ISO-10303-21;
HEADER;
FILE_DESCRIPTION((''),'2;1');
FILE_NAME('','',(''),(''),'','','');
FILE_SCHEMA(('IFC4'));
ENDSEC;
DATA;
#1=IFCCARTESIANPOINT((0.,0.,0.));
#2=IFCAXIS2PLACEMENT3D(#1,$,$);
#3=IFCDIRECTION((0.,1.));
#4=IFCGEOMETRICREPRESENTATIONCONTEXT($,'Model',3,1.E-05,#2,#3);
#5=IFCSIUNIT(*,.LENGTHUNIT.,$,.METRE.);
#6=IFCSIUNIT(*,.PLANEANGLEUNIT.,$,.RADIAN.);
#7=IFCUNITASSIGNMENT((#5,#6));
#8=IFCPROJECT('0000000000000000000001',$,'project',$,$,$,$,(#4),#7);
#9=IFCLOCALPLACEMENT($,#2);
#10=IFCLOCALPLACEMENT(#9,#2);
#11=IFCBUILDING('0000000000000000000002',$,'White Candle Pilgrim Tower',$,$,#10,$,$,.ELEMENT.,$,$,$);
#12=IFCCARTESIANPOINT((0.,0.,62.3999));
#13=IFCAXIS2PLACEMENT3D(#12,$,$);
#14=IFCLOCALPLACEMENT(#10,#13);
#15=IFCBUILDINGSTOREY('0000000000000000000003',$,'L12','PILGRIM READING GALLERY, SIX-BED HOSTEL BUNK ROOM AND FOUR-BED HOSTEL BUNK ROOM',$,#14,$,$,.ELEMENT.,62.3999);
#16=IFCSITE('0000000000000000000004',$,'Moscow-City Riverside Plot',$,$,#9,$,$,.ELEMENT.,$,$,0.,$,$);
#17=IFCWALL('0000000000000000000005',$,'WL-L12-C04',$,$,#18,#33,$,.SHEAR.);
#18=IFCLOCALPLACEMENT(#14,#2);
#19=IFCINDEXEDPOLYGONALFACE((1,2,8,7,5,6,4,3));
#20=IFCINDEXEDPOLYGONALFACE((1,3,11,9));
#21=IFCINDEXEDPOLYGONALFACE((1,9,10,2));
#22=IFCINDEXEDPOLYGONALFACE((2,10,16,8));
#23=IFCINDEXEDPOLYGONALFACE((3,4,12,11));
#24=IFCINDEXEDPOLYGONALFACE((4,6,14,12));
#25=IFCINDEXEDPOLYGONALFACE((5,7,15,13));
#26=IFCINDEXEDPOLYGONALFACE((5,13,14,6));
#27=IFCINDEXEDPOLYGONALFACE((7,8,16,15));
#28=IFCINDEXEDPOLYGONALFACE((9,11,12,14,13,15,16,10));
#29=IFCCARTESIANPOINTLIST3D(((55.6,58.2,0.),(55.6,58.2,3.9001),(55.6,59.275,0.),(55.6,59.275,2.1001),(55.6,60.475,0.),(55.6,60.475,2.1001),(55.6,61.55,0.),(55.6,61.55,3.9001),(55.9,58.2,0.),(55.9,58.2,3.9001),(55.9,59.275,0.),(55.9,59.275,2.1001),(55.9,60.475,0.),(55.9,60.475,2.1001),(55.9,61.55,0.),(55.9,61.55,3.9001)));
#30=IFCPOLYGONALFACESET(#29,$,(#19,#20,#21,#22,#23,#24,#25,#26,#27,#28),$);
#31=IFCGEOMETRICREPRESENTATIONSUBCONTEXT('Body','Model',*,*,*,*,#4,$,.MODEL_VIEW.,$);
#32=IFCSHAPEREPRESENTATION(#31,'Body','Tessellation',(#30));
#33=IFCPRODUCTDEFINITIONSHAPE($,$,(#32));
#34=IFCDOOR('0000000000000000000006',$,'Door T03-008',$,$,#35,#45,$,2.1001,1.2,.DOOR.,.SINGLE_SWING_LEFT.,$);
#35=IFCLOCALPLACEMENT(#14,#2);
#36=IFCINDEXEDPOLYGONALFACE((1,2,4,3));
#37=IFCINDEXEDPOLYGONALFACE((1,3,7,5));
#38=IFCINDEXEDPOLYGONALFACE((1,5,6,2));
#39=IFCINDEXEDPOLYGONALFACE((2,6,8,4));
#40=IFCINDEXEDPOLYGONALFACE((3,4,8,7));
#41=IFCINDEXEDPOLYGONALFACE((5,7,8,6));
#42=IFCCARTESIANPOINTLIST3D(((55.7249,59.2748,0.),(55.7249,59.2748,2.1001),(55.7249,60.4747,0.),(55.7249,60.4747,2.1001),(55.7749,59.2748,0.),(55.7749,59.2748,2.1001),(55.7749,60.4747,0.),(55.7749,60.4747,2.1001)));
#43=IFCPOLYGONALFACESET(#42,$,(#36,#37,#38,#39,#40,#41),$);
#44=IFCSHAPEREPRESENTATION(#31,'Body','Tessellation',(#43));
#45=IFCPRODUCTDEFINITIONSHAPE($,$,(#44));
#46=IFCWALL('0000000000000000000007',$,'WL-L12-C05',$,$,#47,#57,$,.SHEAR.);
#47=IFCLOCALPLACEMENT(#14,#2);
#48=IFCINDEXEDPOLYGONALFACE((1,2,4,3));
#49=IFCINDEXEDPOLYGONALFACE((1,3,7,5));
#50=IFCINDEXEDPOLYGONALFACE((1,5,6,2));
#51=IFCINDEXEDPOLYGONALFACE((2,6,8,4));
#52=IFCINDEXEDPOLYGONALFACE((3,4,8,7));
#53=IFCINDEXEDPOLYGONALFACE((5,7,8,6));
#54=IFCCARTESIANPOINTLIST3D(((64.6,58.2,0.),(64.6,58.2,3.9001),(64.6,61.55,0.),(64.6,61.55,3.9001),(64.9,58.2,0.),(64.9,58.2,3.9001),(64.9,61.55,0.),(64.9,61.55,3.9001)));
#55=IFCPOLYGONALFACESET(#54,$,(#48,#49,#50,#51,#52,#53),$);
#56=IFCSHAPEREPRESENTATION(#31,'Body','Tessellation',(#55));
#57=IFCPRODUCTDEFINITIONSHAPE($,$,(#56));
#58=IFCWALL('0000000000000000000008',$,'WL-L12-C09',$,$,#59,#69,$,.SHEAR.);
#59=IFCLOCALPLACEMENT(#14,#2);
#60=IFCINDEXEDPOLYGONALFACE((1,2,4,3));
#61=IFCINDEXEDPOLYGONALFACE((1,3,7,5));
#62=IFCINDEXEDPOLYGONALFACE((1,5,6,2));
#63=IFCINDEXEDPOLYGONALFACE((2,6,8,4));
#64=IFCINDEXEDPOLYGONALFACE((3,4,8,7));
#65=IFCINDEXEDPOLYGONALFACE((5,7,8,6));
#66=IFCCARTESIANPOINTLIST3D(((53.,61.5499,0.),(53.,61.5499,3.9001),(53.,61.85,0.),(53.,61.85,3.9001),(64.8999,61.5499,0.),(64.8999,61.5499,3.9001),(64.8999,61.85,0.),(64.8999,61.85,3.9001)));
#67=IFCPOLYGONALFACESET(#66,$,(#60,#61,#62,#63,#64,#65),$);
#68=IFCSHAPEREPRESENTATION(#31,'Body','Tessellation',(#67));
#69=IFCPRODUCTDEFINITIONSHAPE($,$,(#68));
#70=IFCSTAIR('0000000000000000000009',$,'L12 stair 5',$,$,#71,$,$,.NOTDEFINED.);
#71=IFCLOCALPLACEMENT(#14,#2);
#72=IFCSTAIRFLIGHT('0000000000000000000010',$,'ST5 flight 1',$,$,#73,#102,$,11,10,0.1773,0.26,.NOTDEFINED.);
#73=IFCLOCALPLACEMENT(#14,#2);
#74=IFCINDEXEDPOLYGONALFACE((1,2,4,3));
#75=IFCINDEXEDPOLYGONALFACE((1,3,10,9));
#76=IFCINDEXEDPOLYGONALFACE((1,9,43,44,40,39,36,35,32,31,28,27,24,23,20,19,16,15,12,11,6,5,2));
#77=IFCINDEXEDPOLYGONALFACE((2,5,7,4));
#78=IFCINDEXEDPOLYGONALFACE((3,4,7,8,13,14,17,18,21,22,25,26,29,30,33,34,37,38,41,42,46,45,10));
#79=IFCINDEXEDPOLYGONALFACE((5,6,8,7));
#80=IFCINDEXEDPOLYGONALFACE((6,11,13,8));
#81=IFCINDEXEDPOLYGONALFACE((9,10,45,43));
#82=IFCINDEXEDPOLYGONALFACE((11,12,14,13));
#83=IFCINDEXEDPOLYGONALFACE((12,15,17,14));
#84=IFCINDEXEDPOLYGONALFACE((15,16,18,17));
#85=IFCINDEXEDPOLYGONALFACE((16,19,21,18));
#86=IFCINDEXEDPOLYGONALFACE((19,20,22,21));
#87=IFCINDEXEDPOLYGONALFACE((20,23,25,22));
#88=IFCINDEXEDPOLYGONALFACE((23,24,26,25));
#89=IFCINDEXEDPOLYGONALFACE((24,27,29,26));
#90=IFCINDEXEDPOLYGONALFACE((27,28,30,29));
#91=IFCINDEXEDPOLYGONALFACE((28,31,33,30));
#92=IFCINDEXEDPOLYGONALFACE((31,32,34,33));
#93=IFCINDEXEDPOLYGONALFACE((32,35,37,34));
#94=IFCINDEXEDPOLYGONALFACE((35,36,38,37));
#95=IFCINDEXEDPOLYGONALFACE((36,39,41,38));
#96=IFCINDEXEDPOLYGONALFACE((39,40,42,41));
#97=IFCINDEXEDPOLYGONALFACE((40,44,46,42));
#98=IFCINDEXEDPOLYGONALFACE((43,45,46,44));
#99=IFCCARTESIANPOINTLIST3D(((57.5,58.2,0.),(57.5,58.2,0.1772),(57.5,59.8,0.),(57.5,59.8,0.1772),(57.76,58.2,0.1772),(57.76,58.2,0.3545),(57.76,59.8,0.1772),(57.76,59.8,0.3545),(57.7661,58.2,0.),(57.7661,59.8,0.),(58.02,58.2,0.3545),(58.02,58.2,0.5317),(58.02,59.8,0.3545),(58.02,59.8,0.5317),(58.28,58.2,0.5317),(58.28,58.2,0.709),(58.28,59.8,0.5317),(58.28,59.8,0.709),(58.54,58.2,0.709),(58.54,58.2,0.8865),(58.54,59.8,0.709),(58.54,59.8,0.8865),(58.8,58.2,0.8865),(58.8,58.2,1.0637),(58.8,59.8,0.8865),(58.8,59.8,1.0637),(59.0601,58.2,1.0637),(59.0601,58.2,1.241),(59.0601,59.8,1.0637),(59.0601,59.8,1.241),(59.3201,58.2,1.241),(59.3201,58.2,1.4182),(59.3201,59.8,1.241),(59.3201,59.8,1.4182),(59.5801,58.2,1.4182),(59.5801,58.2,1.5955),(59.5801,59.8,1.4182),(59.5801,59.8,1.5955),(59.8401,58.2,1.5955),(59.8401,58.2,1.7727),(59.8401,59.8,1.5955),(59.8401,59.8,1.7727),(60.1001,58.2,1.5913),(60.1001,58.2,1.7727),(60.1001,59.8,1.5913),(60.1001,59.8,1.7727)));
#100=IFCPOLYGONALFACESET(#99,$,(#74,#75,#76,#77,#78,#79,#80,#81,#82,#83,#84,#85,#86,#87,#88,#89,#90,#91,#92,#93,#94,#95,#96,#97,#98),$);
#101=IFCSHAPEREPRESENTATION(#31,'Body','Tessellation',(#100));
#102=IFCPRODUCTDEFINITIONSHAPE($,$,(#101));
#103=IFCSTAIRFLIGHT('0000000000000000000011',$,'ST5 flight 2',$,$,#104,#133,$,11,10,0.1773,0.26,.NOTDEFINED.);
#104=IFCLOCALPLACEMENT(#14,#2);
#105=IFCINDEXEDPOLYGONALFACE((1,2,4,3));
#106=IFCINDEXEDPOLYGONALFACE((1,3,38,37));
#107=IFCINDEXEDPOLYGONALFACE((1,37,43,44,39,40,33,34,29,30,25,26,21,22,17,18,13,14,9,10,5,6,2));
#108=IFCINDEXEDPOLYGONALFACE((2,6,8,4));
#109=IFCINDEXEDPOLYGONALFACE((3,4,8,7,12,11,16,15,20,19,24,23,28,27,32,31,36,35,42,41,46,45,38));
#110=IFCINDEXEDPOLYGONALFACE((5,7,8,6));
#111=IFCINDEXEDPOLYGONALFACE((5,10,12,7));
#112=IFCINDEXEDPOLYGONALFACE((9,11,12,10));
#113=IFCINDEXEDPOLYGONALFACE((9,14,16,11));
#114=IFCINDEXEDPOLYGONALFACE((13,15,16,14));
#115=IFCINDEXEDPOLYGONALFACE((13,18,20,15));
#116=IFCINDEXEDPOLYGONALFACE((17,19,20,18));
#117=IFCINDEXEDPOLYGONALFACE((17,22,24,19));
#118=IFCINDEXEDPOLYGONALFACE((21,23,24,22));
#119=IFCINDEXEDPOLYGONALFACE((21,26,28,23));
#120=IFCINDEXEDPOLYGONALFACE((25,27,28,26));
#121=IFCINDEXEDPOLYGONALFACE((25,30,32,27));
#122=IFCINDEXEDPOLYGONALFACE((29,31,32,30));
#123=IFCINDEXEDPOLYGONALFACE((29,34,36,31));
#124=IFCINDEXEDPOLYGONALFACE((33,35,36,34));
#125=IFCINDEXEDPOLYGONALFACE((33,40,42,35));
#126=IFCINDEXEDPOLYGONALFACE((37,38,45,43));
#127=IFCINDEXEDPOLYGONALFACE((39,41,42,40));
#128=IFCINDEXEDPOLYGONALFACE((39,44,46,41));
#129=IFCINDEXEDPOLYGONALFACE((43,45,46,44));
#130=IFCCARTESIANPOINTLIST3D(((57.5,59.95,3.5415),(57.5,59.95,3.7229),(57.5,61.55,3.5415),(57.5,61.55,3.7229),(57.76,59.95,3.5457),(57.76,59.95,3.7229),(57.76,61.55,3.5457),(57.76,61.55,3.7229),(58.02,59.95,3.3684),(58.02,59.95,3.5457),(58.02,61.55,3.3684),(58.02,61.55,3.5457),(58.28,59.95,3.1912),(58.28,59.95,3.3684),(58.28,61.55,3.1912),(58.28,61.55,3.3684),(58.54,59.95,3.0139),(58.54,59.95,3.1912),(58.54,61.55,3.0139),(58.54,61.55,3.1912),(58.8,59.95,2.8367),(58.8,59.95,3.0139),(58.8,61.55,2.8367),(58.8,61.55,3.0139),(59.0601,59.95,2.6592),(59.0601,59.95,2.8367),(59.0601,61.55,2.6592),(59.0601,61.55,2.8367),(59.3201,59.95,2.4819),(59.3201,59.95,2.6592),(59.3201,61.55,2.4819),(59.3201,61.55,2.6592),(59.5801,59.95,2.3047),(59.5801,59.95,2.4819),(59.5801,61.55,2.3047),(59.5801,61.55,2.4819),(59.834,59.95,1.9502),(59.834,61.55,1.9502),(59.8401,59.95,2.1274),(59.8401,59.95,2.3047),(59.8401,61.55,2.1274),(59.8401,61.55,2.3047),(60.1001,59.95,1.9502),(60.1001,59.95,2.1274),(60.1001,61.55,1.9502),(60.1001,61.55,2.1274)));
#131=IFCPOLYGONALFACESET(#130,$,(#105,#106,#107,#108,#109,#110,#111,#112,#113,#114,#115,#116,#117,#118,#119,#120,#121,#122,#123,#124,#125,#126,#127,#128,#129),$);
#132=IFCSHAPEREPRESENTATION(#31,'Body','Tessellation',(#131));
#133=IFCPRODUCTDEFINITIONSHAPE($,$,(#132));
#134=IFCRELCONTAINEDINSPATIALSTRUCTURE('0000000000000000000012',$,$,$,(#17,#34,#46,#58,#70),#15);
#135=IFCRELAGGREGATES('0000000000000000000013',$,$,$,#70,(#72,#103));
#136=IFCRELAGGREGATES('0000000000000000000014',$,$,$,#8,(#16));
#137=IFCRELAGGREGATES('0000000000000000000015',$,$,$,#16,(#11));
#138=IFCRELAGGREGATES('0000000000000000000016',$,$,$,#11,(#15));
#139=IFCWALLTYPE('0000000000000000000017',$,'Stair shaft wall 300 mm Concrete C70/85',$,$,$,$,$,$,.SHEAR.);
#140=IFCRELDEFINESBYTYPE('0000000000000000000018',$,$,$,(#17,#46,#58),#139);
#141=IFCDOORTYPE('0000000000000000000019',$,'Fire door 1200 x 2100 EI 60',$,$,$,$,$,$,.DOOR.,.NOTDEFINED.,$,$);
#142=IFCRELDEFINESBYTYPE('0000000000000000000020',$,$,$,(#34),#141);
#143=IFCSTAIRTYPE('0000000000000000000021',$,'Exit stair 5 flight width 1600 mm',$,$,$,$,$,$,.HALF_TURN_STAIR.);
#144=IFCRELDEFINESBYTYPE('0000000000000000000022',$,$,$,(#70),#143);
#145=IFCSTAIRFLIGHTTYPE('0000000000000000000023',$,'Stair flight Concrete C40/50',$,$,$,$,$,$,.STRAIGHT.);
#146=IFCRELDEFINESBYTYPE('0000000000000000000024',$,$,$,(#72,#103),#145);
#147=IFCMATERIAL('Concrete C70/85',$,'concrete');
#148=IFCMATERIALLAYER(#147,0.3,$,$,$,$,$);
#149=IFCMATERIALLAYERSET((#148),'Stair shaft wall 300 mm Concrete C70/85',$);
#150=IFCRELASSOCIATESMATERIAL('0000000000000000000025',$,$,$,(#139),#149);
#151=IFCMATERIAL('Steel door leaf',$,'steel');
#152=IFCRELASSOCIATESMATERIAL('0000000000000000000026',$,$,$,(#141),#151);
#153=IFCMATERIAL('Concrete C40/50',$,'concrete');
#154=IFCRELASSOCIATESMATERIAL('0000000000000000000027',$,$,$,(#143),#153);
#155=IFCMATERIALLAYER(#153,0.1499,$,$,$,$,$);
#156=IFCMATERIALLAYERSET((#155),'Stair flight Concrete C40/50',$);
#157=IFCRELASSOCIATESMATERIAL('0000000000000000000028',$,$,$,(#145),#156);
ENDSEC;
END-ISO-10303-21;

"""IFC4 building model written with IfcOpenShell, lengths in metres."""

from ifc_helpers import new_model, si_unit, direction, frame, frame_2d, origin, place, context, subcontext, project, spatial, polyline, rectangle, outline, extrude, material, layer, layer_set, type_object, element, fill, aggregate, save


model = new_model("IFC4")

# Units and contexts
model_context = context("Model", 3, precision=1e-05, world=origin(), true_north=direction((0.0, 1.0)))
body_context = subcontext(model_context, "Body", "Model", "MODEL_VIEW")
ifc_project = project(units=[si_unit("LENGTHUNIT", "METRE"), si_unit("PLANEANGLEUNIT", "RADIAN")], contexts=[model_context])

# Site, building, storey
site_placement = place(None, origin())
site = spatial("IfcSite", under=ifc_project, at=site_placement, Name="Moscow-City Riverside Plot", CompositionType="ELEMENT", RefElevation=0.0)
building_placement = place(site_placement, origin())
building = spatial("IfcBuilding", under=site, at=building_placement, Name="White Candle Pilgrim Tower", CompositionType="ELEMENT")
storey_placement = place(building_placement, frame((0.0, 0.0, 62.3999)))
storey = spatial("IfcBuildingStorey", under=building, at=storey_placement, Name="L12", Description="PILGRIM READING GALLERY, SIX-BED HOSTEL BUNK ROOM AND FOUR-BED HOSTEL BUNK ROOM", CompositionType="ELEMENT", Elevation=62.3999)

# Shared definitions
ifc_material_1 = material(Name="Concrete C70/85", Category="concrete")

# Shared definitions
ifc_material_2 = material(Name="Steel door leaf", Category="steel")

# Wall, opening, door
ifc_layer_1 = layer(ifc_material_1, 0.3)
ifc_layer_set_1 = layer_set([ifc_layer_1], Name="Stair shaft wall 300 mm Concrete C70/85")
wall_type_1 = type_object("IfcWallType", Name="Stair shaft wall 300 mm Concrete C70/85", PredefinedType="SHEAR", material=ifc_layer_set_1)
wall_1_placement = place(storey_placement, frame((55.75, 58.2, 0.0), z_axis=(0.0, 0.0, 1.0), x_axis=(0.0, 1.0, 0.0)))
wall_1 = element("IfcWall", 1, at=wall_1_placement, inside=storey, type_object=wall_type_1, Name="WL-L12-C04", PredefinedType="SHEAR", context=body_context, shape_type="SweptSolid", body=[
    extrude(rectangle(XDim=3.3501, YDim=0.3, at=frame_2d((1.675, 0.0))), origin(), (0.0, 0.0, 1.0), 3.9001),
])
opening_1_placement = place(wall_1_placement, frame((1.075, 0.0, 0.0)))
opening_1 = element("IfcOpeningElement", 2, at=opening_1_placement, cuts=wall_1, PredefinedType="OPENING", context=body_context, shape_type="SweptSolid", body=[
    extrude(rectangle(XDim=1.2, YDim=2.1001, at=frame_2d((0.6001, 1.05))), frame((0.0, 0.1599, 0.0), z_axis=(0.0, -1.0, 0.0), x_axis=(1.0, 0.0, 0.0)), (0.0, 0.0, 1.0), 0.3201),
])
door_type_1 = type_object("IfcDoorType", Name="Fire door 1200 x 2100 EI 60", OperationType="NOTDEFINED", PredefinedType="DOOR", material=ifc_material_2)
door_1_placement = place(opening_1_placement, frame((1.2, 0.0, 0.0), z_axis=(0.0, 0.0, 1.0), x_axis=(-1.0, 0.0, 0.0)))
door_1 = element("IfcDoor", 3, at=door_1_placement, inside=storey, type_object=door_type_1, Name="Door T03-008", OperationType="SINGLE_SWING_LEFT", OverallHeight=2.1001, OverallWidth=1.2, PredefinedType="DOOR", context=body_context, shape_type="SweptSolid", body=[
    extrude(rectangle(XDim=1.2, YDim=2.1001, at=frame_2d((0.6001, 1.05))), frame((0.0, 0.0249, 0.0), z_axis=(0.0, -1.0, 0.0), x_axis=(1.0, 0.0, 0.0)), (0.0, 0.0, 1.0), 0.05),
])
fill(opening_1, door_1)

# Walls
wall_2_placement = place(storey_placement, frame((64.75, 58.2, 0.0), z_axis=(0.0, 0.0, 1.0), x_axis=(0.0, 1.0, 0.0)))
element("IfcWall", 4, at=wall_2_placement, inside=storey, type_object=wall_type_1, Name="WL-L12-C05", PredefinedType="SHEAR", context=body_context, shape_type="SweptSolid", body=[
    extrude(rectangle(XDim=3.3501, YDim=0.3, at=frame_2d((1.675, 0.0))), origin(), (0.0, 0.0, 1.0), 3.9001),
])
wall_3_placement = place(storey_placement, frame((53.0, 61.7, 0.0), z_axis=(0.0, 0.0, 1.0), x_axis=(1.0, 0.0, 0.0)))
element("IfcWall", 5, at=wall_3_placement, inside=storey, type_object=wall_type_1, Name="WL-L12-C09", PredefinedType="SHEAR", context=body_context, shape_type="SweptSolid", body=[
    extrude(rectangle(XDim=11.8999, YDim=0.3, at=frame_2d((5.95, 0.0))), origin(), (0.0, 0.0, 1.0), 3.9001),
])

# Stair, stair flights
ifc_material_3 = material(Name="Concrete C40/50", Category="concrete")
stair_type = type_object("IfcStairType", Name="Exit stair 5 flight width 1600 mm", PredefinedType="HALF_TURN_STAIR", material=ifc_material_3)
stair_placement = place(storey_placement, origin())
stair = element("IfcStair", 6, at=stair_placement, inside=storey, type_object=stair_type, Name="L12 stair 5", PredefinedType="NOTDEFINED")
ifc_layer_2 = layer(ifc_material_3, 0.1499)
ifc_layer_set_2 = layer_set([ifc_layer_2], Name="Stair flight Concrete C40/50")
stair_flight_type = type_object("IfcStairFlightType", Name="Stair flight Concrete C40/50", PredefinedType="STRAIGHT", material=ifc_layer_set_2)
stair_flight_1_placement = place(storey_placement, frame((57.5, 59.0, 0.0), z_axis=(0.0, 0.0, 1.0), x_axis=(1.0, 0.0, 0.0)))
stair_flight_1 = element("IfcStairFlight", 7, at=stair_flight_1_placement, type_object=stair_flight_type, Name="ST5 flight 1", NumberOfRisers=11, NumberOfTreads=10, PredefinedType="NOTDEFINED", RiserHeight=0.1773, TreadLength=0.26, context=body_context, shape_type="SweptSolid", body=[
    extrude(outline(polyline([(0.0, 0.0), (0.0, 0.1772), (0.26, 0.1772), (0.26, 0.3545), (0.52, 0.3545), (0.52, 0.5317), (0.78, 0.5317), (0.78, 0.709), (1.04, 0.709), (1.04, 0.8865), (1.3, 0.8865), (1.3, 1.0637), (1.5601, 1.0637), (1.5601, 1.241), (1.8201, 1.241), (1.8201, 1.4182), (2.0801, 1.4182), (2.0801, 1.5955), (2.3401, 1.5955), (2.3401, 1.7727), (2.6001, 1.7727), (2.6001, 1.95), (2.6001, 1.5913), (0.2661, 0.0), (0.0, 0.0)])), frame((0.0, 0.8, 0.0), z_axis=(0.0, -1.0, 0.0), x_axis=(1.0, 0.0, 0.0)), (0.0, 0.0, 1.0), 1.6001),
])
stair_flight_2_placement = place(storey_placement, frame((60.1001, 60.75, 1.9502), z_axis=(0.0, 0.0, 1.0), x_axis=(-1.0, 0.0, 0.0)))
stair_flight_2 = element("IfcStairFlight", 8, at=stair_flight_2_placement, type_object=stair_flight_type, Name="ST5 flight 2", NumberOfRisers=11, NumberOfTreads=10, PredefinedType="NOTDEFINED", RiserHeight=0.1773, TreadLength=0.26, context=body_context, shape_type="SweptSolid", body=[
    extrude(outline(polyline([(0.0, 0.0), (0.0, 0.1772), (0.26, 0.1772), (0.26, 0.3545), (0.52, 0.3545), (0.52, 0.5317), (0.78, 0.5317), (0.78, 0.709), (1.04, 0.709), (1.04, 0.8865), (1.3, 0.8865), (1.3, 1.0637), (1.5601, 1.0637), (1.5601, 1.241), (1.8201, 1.241), (1.8201, 1.4182), (2.0801, 1.4182), (2.0801, 1.5955), (2.3401, 1.5955), (2.3401, 1.7727), (2.6001, 1.7727), (2.6001, 1.95), (2.6001, 1.5913), (0.2661, 0.0), (0.0, 0.0)])), frame((0.0, 0.8, 0.0), z_axis=(0.0, -1.0, 0.0), x_axis=(1.0, 0.0, 0.0)), (0.0, 0.0, 1.0), 1.6001),
])
aggregate(stair, [stair_flight_1, stair_flight_2])

save(model, "model.ifc")
